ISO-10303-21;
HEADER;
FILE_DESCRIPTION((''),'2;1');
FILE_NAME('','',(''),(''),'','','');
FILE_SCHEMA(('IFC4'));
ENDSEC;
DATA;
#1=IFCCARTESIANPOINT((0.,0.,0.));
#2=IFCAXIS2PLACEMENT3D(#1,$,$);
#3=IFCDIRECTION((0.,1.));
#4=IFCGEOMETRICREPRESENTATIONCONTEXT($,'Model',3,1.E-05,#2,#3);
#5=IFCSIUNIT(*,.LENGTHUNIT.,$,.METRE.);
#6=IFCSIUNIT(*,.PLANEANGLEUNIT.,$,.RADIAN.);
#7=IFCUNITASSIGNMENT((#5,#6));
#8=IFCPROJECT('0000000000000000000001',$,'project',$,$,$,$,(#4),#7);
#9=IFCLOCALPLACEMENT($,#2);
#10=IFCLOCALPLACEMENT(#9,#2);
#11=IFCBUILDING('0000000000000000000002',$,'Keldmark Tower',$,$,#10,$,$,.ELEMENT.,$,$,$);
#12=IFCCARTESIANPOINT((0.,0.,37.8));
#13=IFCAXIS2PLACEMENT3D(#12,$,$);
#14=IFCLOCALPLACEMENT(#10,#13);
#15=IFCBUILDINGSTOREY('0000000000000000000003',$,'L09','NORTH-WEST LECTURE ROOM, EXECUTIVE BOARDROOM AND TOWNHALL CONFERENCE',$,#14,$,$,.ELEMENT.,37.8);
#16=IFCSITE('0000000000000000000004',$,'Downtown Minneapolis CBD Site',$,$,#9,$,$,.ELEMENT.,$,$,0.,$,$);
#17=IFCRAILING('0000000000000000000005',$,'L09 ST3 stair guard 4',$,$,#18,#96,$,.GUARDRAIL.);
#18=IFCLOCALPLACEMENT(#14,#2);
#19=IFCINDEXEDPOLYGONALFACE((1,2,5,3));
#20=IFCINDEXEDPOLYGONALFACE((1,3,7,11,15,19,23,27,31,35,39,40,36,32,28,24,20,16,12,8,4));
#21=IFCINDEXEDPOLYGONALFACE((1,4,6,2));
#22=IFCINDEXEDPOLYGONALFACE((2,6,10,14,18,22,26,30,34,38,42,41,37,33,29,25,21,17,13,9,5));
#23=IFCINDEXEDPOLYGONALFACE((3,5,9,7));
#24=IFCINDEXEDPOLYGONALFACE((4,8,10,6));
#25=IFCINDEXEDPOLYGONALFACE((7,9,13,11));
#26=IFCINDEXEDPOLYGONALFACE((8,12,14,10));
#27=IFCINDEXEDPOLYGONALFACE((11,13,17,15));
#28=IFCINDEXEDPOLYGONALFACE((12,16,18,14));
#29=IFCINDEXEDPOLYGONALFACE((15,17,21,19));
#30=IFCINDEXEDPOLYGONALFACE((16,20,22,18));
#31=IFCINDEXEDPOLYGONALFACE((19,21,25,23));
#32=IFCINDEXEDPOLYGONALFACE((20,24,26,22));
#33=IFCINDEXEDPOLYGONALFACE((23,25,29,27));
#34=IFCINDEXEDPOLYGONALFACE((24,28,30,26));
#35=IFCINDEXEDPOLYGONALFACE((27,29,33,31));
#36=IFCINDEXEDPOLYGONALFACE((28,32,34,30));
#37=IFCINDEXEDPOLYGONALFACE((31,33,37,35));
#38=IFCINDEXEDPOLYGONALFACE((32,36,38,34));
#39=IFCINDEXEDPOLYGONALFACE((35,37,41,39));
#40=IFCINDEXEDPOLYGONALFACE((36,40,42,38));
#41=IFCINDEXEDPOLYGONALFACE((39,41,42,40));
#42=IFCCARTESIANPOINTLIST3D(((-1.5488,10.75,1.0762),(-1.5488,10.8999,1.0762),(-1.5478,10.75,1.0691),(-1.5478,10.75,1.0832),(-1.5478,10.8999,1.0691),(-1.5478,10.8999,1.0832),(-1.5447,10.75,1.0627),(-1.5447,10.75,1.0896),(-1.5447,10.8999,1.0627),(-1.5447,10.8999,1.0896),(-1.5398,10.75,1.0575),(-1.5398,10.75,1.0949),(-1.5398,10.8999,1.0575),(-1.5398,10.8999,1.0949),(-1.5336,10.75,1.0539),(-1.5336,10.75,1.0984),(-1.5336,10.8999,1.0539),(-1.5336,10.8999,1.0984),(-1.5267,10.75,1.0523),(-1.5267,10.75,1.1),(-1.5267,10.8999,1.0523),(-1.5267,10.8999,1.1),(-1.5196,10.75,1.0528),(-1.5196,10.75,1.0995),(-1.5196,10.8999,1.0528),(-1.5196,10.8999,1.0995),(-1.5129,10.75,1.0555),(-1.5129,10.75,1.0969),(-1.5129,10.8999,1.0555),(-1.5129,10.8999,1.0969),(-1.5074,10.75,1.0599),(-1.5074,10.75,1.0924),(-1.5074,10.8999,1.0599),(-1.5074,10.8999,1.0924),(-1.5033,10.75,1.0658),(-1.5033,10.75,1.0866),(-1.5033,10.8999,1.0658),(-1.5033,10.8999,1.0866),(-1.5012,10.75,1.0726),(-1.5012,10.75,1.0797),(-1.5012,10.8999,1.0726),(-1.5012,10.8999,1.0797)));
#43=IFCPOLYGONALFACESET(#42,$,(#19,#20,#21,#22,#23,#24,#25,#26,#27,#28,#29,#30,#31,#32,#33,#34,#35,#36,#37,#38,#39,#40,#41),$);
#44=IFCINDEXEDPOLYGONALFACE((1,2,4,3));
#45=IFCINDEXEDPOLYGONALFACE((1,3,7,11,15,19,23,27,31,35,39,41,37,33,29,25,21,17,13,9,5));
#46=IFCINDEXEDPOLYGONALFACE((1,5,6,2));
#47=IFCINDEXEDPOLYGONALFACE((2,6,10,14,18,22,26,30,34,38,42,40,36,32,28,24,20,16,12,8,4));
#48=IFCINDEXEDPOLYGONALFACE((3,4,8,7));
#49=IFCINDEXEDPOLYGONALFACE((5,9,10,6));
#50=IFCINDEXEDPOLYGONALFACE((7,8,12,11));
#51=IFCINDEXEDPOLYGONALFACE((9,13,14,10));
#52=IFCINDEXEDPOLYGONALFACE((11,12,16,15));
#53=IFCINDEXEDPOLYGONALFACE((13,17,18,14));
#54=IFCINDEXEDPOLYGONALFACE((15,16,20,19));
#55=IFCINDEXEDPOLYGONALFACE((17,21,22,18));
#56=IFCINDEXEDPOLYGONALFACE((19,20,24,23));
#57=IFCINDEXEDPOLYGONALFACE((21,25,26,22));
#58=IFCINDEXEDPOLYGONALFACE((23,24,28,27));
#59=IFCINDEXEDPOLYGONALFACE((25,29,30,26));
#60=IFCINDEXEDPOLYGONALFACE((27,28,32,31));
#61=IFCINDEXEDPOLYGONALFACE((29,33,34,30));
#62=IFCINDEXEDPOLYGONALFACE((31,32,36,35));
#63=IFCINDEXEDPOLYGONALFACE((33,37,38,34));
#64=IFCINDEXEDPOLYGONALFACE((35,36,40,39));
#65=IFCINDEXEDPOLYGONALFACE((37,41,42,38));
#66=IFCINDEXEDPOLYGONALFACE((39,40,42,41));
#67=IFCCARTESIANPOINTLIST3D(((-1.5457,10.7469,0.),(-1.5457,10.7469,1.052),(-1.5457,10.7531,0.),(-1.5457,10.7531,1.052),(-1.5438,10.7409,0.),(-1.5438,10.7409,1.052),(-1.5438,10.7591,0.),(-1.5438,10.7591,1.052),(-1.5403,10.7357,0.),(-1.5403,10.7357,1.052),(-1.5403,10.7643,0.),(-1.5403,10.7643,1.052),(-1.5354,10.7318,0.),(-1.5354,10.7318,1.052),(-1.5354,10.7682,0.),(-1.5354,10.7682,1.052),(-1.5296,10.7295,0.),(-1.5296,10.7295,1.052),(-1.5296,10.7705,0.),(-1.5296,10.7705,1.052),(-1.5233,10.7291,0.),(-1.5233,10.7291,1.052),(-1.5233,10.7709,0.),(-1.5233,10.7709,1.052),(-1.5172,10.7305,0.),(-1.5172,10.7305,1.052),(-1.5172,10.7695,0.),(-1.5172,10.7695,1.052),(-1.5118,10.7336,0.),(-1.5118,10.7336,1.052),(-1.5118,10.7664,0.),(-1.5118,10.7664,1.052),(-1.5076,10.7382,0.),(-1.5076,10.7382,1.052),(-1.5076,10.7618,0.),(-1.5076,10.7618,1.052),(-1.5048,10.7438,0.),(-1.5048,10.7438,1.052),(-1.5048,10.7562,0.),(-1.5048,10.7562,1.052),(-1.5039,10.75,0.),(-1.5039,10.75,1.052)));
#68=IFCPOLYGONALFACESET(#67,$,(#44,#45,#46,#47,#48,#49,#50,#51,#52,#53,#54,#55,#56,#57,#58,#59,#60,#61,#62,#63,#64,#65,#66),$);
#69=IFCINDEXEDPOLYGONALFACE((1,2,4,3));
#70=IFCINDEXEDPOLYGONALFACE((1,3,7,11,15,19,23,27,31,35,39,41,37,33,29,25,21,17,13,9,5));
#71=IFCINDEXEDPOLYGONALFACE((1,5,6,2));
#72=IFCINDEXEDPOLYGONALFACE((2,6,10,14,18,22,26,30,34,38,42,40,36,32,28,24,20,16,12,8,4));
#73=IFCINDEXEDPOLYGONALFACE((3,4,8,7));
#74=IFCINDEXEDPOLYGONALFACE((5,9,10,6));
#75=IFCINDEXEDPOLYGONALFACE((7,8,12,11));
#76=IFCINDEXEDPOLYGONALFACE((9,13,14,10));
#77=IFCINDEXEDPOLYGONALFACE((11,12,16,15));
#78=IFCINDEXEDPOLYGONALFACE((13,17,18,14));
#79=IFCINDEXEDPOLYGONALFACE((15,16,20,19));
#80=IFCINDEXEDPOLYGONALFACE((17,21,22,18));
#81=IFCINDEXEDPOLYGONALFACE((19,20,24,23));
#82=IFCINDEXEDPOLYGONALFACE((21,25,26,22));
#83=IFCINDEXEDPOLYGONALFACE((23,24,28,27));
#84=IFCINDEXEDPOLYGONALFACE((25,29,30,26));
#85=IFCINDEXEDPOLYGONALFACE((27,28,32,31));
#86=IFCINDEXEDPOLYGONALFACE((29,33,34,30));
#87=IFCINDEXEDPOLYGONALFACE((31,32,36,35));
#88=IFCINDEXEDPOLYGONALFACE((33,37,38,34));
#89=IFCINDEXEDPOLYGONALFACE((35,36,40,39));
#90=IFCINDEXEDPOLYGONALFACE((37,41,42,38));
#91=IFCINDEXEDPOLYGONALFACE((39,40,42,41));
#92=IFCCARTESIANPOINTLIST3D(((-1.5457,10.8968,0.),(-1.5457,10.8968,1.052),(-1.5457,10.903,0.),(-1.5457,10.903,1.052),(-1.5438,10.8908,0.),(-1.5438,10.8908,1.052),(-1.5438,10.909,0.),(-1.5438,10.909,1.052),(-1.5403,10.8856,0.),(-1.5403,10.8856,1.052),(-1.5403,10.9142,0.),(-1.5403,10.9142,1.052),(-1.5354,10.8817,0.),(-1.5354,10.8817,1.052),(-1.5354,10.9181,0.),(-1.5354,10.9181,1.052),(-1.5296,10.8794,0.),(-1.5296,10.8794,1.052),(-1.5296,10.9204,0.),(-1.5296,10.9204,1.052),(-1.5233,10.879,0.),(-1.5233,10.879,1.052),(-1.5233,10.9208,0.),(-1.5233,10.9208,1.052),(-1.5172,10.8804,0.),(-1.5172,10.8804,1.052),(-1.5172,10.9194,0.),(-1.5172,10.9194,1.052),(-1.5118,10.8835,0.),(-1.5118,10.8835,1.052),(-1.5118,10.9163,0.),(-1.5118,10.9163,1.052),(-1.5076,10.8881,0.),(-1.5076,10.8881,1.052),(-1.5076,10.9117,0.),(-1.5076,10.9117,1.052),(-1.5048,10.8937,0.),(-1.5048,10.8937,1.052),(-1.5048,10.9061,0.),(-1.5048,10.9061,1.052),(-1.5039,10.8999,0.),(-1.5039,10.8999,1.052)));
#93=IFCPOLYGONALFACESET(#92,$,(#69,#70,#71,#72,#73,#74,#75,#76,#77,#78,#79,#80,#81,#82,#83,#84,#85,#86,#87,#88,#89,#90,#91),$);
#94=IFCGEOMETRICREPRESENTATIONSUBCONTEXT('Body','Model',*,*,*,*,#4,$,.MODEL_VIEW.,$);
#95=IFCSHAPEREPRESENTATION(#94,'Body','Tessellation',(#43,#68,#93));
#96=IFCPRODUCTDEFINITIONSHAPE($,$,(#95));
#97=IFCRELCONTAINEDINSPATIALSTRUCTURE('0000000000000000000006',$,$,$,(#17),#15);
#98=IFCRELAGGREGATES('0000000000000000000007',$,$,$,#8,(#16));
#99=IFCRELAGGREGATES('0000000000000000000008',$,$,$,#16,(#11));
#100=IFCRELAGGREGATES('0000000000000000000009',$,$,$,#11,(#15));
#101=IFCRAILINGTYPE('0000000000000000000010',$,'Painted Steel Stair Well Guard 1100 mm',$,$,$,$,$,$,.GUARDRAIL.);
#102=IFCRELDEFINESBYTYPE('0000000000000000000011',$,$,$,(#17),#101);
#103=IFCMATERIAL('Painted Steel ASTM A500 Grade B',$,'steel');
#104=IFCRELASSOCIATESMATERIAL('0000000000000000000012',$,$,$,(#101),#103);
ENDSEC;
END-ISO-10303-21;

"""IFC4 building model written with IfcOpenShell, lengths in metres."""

from ifc_helpers import new_model, si_unit, direction, frame, origin, origin_2d, place, context, subcontext, project, spatial, circle, extrude, material, type_object, element, save


model = new_model("IFC4")

# Units and contexts
model_context = context("Model", 3, precision=1e-05, world=origin(), true_north=direction((0.0, 1.0)))
body_context = subcontext(model_context, "Body", "Model", "MODEL_VIEW")
ifc_project = project(units=[si_unit("LENGTHUNIT", "METRE"), si_unit("PLANEANGLEUNIT", "RADIAN")], contexts=[model_context])

# Site, building, storey
site_placement = place(None, origin())
site = spatial("IfcSite", under=ifc_project, at=site_placement, Name="Downtown Minneapolis CBD Site", CompositionType="ELEMENT", RefElevation=0.0)
building_placement = place(site_placement, origin())
building = spatial("IfcBuilding", under=site, at=building_placement, Name="Keldmark Tower", CompositionType="ELEMENT")
storey_placement = place(building_placement, frame((0.0, 0.0, 37.8)))
storey = spatial("IfcBuildingStorey", under=building, at=storey_placement, Name="L09", Description="NORTH-WEST LECTURE ROOM, EXECUTIVE BOARDROOM AND TOWNHALL CONFERENCE", CompositionType="ELEMENT", Elevation=37.8)

# Railing
ifc_material_1 = material(Name="Painted Steel ASTM A500 Grade B", Category="steel")
railing_type = type_object("IfcRailingType", Name="Painted Steel Stair Well Guard 1100 mm", PredefinedType="GUARDRAIL", material=ifc_material_1)
railing_1_placement = place(storey_placement, frame((-1.5249, 10.75, 0.0)))
element("IfcRailing", 1, at=railing_1_placement, inside=storey, type_object=railing_type, Name="L09 ST3 stair guard 4", PredefinedType="GUARDRAIL", context=body_context, shape_type="SweptSolid", body=[
    extrude(circle(Radius=0.0239, at=origin_2d()), frame((0.0, 0.0, 1.0762), z_axis=(0.0, 1.0, 0.0), x_axis=(-1.0, 0.0, 0.0)), (0.0, 0.0, 1.0), 0.1499),
    extrude(circle(Radius=0.021, at=origin_2d()), origin(), (0.0, 0.0, 1.0), 1.052),
    extrude(circle(Radius=0.021, at=origin_2d()), frame((0.0, 0.1499, 0.0)), (0.0, 0.0, 1.0), 1.052),
])

save(model, "model.ifc")
